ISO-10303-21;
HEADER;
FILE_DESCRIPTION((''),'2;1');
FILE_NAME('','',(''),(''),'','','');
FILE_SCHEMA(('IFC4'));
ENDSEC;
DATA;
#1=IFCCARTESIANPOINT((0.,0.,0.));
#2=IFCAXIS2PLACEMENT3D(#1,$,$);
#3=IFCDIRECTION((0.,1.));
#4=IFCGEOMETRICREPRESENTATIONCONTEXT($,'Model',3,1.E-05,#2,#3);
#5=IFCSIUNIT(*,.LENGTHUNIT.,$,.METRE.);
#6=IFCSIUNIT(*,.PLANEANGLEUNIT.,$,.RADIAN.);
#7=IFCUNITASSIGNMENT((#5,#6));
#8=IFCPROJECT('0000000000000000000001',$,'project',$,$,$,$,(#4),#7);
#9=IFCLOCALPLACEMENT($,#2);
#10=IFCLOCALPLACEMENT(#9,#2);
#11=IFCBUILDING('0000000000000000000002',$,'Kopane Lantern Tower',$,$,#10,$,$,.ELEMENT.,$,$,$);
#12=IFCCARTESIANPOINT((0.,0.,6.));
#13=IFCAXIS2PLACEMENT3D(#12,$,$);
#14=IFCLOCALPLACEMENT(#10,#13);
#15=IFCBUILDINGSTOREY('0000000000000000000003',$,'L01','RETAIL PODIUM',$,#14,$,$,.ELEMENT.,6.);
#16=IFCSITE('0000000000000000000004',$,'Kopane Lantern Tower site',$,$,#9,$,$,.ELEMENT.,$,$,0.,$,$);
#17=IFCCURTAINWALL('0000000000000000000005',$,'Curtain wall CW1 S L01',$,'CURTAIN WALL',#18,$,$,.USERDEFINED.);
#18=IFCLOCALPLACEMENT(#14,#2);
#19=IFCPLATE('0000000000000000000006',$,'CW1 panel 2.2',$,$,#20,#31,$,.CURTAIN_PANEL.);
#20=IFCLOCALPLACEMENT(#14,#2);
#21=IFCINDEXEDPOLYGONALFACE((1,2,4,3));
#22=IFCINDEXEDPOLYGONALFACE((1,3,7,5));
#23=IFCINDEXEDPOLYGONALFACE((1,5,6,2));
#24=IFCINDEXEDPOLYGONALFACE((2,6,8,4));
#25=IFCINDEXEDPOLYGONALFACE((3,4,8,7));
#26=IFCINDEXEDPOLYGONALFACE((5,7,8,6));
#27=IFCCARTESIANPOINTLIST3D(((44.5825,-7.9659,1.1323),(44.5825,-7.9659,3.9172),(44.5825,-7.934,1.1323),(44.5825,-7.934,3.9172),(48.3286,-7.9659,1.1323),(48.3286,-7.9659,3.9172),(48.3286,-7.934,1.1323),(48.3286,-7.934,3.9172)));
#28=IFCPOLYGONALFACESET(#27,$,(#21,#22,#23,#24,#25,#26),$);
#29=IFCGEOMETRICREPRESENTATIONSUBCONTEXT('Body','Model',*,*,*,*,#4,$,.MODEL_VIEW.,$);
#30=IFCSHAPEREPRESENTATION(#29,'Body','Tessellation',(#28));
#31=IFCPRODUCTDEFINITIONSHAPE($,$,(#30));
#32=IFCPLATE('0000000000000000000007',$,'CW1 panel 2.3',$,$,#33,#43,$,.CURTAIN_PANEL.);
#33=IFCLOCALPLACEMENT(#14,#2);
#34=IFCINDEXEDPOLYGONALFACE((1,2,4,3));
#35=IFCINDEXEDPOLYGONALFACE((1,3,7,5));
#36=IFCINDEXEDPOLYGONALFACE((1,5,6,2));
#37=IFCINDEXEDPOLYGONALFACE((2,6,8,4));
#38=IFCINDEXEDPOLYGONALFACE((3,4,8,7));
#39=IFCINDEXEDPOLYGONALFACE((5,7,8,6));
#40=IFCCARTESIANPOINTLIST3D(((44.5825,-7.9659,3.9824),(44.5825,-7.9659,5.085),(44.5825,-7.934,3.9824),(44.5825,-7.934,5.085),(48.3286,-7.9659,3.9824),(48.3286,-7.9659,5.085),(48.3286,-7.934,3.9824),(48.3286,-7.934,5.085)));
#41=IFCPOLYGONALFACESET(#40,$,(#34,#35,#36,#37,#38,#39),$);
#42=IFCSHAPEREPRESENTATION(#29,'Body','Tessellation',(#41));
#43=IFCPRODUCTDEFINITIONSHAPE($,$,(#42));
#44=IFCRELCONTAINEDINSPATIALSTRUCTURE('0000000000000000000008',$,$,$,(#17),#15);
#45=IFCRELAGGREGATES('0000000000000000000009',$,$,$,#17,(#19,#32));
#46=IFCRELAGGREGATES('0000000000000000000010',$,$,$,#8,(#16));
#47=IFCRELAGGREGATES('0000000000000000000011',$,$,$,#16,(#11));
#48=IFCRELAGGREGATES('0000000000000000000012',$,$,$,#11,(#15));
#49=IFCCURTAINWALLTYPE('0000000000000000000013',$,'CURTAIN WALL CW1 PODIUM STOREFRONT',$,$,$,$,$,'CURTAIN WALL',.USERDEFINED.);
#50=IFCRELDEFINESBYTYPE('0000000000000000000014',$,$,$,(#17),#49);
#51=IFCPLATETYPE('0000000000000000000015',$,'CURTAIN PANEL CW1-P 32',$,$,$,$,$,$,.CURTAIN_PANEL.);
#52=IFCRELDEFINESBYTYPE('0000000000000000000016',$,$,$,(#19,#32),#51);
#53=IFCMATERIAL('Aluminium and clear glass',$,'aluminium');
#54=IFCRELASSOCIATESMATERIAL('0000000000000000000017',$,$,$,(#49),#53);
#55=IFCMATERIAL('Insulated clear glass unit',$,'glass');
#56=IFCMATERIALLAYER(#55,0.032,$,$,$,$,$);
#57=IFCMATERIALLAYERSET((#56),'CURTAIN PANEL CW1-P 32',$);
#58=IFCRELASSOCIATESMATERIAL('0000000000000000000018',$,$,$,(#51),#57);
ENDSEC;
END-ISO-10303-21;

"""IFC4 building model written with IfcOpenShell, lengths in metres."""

from ifc_helpers import new_model, si_unit, direction, frame, origin, origin_2d, place, context, subcontext, project, spatial, rectangle, extrude, material, layer, layer_set, type_object, element, aggregate, save


model = new_model("IFC4")

# Units and contexts
model_context = context("Model", 3, precision=1e-05, world=origin(), true_north=direction((0.0, 1.0)))
body_context = subcontext(model_context, "Body", "Model", "MODEL_VIEW")
ifc_project = project(units=[si_unit("LENGTHUNIT", "METRE"), si_unit("PLANEANGLEUNIT", "RADIAN")], contexts=[model_context])

# Site, building, storey
site_placement = place(None, origin())
site = spatial("IfcSite", under=ifc_project, at=site_placement, Name="Kopane Lantern Tower site", CompositionType="ELEMENT", RefElevation=0.0)
building_placement = place(site_placement, origin())
building = spatial("IfcBuilding", under=site, at=building_placement, Name="Kopane Lantern Tower", CompositionType="ELEMENT")
storey_placement = place(building_placement, frame((0.0, 0.0, 6.0)))
storey = spatial("IfcBuildingStorey", under=building, at=storey_placement, Name="L01", Description="RETAIL PODIUM", CompositionType="ELEMENT", Elevation=6.0)

# Curtain wall
ifc_material_1 = material(Name="Aluminium and clear glass", Category="aluminium")
curtain_wall_type = type_object("IfcCurtainWallType", Name="CURTAIN WALL CW1 PODIUM STOREFRONT", ElementType="CURTAIN WALL", PredefinedType="USERDEFINED", material=ifc_material_1)
curtain_wall_1_placement = place(storey_placement, origin())
curtain_wall_1 = element("IfcCurtainWall", 1, at=curtain_wall_1_placement, inside=storey, type_object=curtain_wall_type, Name="Curtain wall CW1 S L01", ObjectType="CURTAIN WALL", PredefinedType="USERDEFINED")

# Plates
ifc_material_2 = material(Name="Insulated clear glass unit", Category="glass")
ifc_layer = layer(ifc_material_2, 0.032)
ifc_layer_set = layer_set([ifc_layer], Name="CURTAIN PANEL CW1-P 32")
plate_type = type_object("IfcPlateType", Name="CURTAIN PANEL CW1-P 32", PredefinedType="CURTAIN_PANEL", material=ifc_layer_set)
plate_1_placement = place(storey_placement, frame((46.4556, -7.95, 1.1323), z_axis=(0.0, 0.0, 1.0), x_axis=(1.0, 0.0, 0.0)))
plate_1 = element("IfcPlate", 2, at=plate_1_placement, type_object=plate_type, Name="CW1 panel 2.2", PredefinedType="CURTAIN_PANEL", context=body_context, shape_type="SweptSolid", body=[
    extrude(rectangle(XDim=3.7461, YDim=0.032, at=origin_2d()), origin(), (0.0, 0.0, 1.0), 2.7849),
])
plate_2_placement = place(storey_placement, frame((46.4556, -7.95, 3.9824), z_axis=(0.0, 0.0, 1.0), x_axis=(1.0, 0.0, 0.0)))
plate_2 = element("IfcPlate", 3, at=plate_2_placement, type_object=plate_type, Name="CW1 panel 2.3", PredefinedType="CURTAIN_PANEL", context=body_context, shape_type="SweptSolid", body=[
    extrude(rectangle(XDim=3.7461, YDim=0.032, at=origin_2d()), origin(), (0.0, 0.0, 1.0), 1.1025),
])
aggregate(curtain_wall_1, [plate_1, plate_2])

save(model, "model.ifc")
